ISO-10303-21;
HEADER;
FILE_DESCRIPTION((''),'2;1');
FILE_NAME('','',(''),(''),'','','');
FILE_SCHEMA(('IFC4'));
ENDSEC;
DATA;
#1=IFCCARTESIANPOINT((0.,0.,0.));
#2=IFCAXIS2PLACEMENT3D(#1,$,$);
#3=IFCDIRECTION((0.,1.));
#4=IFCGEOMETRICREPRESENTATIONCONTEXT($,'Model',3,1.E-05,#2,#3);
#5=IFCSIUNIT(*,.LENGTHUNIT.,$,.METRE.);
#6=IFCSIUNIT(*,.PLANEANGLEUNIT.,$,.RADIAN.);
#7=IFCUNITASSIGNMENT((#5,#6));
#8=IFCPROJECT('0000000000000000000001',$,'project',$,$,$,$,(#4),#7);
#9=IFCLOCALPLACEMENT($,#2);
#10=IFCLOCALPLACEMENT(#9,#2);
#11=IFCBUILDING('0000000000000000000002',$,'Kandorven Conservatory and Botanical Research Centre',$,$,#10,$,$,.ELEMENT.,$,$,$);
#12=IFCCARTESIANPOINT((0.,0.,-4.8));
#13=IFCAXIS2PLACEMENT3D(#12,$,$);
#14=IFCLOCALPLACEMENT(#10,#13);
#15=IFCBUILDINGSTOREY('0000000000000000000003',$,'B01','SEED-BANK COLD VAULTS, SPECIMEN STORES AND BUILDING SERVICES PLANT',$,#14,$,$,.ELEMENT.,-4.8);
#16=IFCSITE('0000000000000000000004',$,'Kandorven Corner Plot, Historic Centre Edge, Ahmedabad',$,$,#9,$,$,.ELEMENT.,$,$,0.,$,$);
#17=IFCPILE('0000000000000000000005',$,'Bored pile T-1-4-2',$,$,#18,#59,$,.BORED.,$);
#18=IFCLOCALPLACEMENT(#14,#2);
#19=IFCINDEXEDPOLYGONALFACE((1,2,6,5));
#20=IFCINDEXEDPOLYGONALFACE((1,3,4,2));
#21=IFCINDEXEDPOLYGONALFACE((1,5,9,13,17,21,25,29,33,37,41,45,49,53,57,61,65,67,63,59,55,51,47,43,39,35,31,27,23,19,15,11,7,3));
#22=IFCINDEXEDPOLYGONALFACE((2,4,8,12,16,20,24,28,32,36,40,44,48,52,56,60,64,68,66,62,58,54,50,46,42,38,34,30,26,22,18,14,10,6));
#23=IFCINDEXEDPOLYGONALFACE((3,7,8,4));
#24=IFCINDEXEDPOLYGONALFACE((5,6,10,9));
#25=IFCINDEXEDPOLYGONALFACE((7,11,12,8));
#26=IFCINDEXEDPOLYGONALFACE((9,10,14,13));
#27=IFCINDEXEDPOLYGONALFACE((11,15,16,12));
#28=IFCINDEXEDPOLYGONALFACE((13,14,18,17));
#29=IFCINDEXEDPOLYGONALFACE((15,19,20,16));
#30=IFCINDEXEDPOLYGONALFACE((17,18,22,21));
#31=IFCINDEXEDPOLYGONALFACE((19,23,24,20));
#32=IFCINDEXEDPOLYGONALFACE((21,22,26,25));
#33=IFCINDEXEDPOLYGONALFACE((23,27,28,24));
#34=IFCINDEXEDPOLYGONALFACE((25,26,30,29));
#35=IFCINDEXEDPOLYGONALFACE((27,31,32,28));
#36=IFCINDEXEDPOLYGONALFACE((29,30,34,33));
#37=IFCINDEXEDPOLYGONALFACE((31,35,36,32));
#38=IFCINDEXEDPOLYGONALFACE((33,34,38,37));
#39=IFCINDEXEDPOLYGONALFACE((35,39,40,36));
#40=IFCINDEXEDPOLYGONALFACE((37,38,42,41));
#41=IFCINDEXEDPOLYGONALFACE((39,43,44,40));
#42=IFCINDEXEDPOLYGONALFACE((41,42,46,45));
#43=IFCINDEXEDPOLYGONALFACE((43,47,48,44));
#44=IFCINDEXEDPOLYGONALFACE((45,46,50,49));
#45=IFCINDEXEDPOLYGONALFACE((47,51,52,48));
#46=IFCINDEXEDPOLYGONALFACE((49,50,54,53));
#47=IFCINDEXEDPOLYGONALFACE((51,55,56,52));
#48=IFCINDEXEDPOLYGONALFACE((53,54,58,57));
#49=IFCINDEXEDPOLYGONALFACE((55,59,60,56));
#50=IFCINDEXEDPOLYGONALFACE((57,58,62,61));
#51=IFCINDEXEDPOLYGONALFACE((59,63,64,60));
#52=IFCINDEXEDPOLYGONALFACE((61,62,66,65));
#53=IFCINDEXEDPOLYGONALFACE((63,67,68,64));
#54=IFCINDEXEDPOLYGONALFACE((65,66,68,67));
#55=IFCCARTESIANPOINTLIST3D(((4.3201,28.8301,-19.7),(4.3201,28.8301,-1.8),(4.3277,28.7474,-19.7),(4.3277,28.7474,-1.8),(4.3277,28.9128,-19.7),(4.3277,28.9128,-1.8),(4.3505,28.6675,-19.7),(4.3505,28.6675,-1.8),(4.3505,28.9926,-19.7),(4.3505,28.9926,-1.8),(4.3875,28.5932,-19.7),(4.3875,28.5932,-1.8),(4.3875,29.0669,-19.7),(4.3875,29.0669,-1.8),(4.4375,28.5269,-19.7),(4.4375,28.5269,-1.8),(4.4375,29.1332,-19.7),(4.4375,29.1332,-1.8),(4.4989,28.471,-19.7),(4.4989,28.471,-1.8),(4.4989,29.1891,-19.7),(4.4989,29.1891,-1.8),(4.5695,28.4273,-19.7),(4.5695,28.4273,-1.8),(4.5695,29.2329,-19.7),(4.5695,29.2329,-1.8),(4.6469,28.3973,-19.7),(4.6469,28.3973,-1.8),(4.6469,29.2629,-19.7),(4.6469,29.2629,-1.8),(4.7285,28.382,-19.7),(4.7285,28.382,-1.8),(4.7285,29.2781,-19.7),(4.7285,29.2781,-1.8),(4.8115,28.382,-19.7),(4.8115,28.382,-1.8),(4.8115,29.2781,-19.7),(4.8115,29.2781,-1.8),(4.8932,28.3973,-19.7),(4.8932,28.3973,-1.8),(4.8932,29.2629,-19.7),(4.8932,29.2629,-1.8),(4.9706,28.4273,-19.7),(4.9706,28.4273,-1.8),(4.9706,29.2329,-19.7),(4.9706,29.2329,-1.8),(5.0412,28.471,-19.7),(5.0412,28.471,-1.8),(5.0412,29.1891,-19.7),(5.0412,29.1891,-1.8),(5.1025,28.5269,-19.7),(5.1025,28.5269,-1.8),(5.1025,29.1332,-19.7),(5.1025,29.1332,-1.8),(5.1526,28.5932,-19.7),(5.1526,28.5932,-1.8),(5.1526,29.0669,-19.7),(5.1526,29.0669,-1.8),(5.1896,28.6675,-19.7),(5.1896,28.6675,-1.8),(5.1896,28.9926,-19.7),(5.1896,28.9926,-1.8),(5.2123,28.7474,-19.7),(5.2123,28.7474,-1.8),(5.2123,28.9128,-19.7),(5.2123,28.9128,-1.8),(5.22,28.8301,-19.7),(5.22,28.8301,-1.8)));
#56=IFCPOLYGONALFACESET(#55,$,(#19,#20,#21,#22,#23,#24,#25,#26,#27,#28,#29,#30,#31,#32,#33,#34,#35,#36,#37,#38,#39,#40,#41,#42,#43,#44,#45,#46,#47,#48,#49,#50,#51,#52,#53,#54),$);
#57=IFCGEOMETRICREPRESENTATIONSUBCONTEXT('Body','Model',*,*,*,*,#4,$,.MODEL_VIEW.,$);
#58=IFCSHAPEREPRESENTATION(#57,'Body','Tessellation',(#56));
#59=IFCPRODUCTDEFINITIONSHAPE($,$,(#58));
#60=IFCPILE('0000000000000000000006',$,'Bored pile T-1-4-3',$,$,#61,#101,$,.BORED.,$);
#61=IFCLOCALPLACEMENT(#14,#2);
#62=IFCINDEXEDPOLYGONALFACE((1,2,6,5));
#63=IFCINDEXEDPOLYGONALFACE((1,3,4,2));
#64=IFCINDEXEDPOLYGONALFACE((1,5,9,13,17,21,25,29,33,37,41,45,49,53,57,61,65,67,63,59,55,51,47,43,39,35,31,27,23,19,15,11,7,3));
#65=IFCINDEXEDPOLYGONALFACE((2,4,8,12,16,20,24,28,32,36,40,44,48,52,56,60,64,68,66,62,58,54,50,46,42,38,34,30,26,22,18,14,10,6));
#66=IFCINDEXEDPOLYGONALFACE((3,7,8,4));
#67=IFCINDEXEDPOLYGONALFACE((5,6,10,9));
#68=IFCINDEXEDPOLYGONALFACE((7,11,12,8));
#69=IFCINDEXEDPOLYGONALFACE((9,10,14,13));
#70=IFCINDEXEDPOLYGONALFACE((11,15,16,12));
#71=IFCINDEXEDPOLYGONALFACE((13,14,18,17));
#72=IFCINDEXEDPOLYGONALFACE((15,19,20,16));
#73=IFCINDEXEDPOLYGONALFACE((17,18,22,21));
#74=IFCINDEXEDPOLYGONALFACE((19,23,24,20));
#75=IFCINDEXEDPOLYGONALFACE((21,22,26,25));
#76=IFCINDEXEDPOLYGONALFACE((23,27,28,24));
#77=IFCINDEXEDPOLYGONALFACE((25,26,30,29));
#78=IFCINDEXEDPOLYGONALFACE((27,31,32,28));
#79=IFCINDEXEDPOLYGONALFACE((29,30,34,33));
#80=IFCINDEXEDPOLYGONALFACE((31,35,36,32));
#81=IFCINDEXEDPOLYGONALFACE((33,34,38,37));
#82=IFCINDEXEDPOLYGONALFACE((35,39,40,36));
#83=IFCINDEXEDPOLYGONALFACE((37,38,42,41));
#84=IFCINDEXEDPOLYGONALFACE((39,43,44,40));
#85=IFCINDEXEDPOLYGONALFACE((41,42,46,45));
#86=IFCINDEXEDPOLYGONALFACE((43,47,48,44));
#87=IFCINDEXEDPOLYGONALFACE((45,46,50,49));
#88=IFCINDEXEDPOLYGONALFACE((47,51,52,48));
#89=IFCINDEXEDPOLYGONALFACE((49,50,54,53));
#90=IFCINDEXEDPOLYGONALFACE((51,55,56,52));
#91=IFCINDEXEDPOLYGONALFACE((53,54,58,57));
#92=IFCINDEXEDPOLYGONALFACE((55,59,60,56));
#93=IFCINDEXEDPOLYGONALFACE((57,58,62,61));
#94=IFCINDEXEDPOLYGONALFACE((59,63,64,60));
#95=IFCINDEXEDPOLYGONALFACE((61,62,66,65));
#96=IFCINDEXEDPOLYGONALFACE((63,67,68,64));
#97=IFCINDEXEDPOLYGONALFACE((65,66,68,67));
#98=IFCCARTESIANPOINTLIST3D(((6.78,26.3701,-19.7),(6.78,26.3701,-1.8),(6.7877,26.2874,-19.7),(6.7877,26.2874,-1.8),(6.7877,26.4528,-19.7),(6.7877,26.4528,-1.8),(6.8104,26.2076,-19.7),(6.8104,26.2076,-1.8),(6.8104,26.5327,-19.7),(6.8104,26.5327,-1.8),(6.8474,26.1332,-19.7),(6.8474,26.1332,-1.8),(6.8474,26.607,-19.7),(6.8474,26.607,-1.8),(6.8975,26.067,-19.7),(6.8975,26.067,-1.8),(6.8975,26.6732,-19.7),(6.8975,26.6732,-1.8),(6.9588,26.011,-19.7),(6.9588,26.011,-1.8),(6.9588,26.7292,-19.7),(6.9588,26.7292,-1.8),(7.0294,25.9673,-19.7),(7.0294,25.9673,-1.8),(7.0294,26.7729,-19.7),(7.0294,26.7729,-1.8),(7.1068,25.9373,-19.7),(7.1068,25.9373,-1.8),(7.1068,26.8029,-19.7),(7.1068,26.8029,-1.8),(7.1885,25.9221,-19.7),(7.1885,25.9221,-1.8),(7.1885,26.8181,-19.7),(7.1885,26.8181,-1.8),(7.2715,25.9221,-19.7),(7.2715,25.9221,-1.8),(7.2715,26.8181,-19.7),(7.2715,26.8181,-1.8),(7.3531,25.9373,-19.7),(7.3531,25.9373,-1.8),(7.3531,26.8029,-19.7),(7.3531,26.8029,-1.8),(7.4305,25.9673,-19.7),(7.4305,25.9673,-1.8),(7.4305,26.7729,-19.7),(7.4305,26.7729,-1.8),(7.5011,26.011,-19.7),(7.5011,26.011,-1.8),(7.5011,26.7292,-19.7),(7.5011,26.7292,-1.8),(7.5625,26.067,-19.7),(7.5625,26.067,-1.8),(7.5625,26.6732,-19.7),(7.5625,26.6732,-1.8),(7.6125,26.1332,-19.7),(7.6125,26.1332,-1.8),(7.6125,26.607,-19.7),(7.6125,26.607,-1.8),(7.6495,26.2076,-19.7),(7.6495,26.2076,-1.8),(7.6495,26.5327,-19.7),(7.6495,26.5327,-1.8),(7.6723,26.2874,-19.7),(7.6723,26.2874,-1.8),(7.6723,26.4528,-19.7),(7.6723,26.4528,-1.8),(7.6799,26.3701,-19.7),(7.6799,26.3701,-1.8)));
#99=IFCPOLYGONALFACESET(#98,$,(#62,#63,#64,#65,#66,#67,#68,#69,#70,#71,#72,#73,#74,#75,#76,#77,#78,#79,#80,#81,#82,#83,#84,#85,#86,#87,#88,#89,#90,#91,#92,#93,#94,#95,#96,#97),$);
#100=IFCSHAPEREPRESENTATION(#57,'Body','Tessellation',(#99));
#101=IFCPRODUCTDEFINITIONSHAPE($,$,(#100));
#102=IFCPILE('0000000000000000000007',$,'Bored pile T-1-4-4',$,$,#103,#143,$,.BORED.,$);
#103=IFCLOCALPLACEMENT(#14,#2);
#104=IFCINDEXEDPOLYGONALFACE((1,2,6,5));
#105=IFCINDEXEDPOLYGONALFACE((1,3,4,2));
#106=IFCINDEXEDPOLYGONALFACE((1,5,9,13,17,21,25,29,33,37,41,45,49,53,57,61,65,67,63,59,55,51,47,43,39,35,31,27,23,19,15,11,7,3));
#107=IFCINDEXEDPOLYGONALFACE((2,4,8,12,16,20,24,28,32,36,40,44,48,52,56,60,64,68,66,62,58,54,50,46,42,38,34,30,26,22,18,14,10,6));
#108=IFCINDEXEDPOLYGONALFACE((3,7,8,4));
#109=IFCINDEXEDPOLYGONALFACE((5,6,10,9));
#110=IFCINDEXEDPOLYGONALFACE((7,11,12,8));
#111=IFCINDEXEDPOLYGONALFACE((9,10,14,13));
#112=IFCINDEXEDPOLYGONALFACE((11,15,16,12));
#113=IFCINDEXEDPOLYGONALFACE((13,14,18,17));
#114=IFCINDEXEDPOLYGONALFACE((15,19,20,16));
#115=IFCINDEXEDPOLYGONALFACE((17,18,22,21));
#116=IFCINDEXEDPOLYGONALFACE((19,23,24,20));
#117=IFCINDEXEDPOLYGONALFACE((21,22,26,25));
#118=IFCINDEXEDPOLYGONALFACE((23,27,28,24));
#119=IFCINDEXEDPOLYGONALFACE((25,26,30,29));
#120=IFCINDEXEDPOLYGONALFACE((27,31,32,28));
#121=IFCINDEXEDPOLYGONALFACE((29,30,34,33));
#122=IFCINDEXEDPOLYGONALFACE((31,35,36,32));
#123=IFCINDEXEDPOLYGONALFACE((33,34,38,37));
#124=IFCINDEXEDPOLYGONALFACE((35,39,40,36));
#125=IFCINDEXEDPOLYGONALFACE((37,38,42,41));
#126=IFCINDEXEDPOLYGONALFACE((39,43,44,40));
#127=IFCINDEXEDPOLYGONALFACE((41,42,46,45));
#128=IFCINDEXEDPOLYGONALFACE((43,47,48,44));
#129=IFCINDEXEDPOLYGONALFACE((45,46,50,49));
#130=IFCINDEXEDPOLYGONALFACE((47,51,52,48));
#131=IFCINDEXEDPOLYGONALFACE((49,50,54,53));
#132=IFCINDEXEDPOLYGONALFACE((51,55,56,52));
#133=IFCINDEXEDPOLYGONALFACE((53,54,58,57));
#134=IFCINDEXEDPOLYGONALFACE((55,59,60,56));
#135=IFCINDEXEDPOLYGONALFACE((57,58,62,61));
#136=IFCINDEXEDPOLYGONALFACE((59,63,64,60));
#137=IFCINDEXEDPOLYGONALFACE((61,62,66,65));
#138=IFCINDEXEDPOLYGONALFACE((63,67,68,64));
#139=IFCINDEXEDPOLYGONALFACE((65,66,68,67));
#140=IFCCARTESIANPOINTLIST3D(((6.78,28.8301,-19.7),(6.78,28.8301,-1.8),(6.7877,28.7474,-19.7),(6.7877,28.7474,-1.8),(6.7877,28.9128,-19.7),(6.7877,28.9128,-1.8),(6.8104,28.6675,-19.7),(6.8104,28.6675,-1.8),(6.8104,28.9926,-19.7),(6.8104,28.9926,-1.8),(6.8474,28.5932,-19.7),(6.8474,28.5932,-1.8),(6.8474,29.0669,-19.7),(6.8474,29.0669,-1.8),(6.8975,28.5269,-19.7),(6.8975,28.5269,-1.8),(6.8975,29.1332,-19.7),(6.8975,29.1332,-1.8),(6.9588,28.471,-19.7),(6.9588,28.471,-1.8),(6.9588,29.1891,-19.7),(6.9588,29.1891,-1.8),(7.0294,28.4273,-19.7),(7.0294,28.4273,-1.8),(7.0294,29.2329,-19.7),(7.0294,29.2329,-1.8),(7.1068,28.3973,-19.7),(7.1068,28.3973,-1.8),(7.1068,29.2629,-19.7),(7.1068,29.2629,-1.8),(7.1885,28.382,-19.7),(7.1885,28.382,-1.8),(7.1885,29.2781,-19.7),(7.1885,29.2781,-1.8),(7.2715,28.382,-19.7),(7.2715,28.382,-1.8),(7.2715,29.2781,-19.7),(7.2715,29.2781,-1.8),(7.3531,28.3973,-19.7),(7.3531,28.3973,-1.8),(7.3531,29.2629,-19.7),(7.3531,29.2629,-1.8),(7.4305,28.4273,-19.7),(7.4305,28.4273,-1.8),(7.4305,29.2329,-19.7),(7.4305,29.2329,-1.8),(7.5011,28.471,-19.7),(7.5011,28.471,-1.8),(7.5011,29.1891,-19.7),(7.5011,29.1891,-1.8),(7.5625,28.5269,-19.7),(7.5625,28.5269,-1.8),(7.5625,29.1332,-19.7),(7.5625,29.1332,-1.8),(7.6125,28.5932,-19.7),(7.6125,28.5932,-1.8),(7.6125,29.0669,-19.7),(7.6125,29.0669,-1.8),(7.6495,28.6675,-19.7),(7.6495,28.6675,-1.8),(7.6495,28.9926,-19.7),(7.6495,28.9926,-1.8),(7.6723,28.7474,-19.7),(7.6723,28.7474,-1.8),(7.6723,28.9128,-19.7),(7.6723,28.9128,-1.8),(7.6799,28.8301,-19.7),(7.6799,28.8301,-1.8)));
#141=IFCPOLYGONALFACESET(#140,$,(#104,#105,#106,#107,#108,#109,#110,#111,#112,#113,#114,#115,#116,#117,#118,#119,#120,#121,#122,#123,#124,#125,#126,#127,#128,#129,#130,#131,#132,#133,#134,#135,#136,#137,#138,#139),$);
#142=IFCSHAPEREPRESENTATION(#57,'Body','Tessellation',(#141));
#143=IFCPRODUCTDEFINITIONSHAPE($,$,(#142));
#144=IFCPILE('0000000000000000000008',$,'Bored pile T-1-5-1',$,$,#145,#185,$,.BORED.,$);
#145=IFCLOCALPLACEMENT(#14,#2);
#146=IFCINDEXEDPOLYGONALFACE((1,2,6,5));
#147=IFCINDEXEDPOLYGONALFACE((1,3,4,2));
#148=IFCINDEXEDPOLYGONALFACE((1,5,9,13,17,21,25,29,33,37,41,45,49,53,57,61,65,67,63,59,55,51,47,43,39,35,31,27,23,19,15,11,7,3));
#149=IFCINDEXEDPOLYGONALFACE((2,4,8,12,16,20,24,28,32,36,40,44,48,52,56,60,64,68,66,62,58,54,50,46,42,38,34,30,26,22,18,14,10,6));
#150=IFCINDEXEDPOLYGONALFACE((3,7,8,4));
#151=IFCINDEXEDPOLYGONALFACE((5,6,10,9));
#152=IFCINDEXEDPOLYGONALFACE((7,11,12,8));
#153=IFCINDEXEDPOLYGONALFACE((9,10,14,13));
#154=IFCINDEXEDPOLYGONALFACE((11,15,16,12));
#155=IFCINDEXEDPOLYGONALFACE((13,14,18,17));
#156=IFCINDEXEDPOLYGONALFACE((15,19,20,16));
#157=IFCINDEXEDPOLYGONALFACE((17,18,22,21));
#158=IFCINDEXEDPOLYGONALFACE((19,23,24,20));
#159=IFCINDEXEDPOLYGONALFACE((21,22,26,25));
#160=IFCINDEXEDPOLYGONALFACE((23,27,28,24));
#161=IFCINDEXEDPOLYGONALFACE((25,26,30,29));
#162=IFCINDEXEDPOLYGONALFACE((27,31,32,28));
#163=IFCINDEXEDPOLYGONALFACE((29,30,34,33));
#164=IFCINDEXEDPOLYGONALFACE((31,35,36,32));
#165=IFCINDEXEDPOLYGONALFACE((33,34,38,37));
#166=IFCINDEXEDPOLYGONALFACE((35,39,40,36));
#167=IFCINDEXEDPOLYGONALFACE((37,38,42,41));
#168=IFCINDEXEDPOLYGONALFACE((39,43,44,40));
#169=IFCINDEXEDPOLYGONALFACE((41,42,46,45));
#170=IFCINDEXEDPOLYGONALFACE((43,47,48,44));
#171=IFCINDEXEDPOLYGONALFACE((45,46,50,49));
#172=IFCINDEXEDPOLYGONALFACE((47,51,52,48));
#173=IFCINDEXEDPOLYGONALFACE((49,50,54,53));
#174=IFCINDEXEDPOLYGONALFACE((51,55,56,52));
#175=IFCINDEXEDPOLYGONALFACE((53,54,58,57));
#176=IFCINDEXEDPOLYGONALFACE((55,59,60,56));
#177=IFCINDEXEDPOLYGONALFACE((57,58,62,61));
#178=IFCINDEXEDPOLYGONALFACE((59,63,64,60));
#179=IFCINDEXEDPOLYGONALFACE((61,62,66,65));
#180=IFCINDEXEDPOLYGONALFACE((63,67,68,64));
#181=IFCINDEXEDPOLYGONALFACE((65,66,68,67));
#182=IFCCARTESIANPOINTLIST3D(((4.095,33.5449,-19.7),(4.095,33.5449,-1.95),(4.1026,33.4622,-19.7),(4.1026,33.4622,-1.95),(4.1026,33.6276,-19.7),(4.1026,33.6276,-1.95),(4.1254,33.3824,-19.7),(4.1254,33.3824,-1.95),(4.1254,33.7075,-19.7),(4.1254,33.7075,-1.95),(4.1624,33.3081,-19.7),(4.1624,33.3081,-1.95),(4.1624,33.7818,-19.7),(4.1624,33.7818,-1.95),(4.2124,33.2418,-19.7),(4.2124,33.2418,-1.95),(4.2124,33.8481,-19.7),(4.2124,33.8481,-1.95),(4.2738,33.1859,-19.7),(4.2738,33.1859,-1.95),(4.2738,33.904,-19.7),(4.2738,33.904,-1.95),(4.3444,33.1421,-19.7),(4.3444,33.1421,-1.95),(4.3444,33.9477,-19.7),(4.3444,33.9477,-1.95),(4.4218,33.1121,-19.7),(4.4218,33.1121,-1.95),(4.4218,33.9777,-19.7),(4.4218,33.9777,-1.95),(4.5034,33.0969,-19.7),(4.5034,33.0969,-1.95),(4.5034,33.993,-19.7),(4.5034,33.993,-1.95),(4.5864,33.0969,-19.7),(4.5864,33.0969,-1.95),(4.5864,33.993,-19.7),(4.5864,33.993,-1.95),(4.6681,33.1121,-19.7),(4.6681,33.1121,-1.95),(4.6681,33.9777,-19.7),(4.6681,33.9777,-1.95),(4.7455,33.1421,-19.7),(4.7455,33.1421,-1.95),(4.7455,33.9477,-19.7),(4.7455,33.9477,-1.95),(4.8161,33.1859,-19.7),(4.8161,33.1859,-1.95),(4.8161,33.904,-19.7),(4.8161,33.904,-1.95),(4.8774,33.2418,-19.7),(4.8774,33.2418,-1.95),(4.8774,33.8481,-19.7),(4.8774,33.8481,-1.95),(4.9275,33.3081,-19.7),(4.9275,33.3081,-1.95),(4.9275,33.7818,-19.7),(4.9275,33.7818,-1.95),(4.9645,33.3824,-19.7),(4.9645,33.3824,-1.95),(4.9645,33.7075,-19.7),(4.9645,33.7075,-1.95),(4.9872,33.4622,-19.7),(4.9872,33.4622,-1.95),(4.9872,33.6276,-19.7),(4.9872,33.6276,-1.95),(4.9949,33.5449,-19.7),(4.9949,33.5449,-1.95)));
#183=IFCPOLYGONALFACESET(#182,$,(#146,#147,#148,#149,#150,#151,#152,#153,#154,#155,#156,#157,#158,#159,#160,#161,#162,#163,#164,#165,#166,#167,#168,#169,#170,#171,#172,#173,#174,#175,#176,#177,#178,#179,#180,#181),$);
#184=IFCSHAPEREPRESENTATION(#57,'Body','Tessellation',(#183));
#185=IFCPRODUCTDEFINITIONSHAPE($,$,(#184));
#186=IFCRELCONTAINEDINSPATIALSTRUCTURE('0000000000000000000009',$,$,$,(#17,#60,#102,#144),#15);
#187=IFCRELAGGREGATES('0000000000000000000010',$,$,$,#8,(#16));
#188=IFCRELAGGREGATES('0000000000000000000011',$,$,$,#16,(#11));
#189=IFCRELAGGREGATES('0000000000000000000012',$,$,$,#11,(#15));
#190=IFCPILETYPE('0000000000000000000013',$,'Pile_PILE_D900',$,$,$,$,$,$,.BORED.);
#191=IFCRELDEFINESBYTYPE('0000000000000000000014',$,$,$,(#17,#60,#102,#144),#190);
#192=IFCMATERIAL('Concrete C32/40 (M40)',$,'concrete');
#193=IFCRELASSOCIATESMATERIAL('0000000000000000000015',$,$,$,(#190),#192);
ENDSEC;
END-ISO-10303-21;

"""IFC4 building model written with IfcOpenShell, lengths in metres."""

from ifc_helpers import new_model, si_unit, direction, frame, origin, origin_2d, place, context, subcontext, project, spatial, circle, extrude, material, material_profile, profile_set, type_object, element, save


model = new_model("IFC4")

# Units and contexts
model_context = context("Model", 3, precision=1e-05, world=origin(), true_north=direction((0.0, 1.0)))
body_context = subcontext(model_context, "Body", "Model", "MODEL_VIEW")
ifc_project = project(units=[si_unit("LENGTHUNIT", "METRE"), si_unit("PLANEANGLEUNIT", "RADIAN")], contexts=[model_context])

# Site, building, storey
site_placement = place(None, origin())
site = spatial("IfcSite", under=ifc_project, at=site_placement, Name="Kandorven Corner Plot, Historic Centre Edge, Ahmedabad", CompositionType="ELEMENT", RefElevation=0.0)
building_placement = place(site_placement, origin())
building = spatial("IfcBuilding", under=site, at=building_placement, Name="Kandorven Conservatory and Botanical Research Centre", CompositionType="ELEMENT")
storey_placement = place(building_placement, frame((0.0, 0.0, -4.8)))
storey = spatial("IfcBuildingStorey", under=building, at=storey_placement, Name="B01", Description="SEED-BANK COLD VAULTS, SPECIMEN STORES AND BUILDING SERVICES PLANT", CompositionType="ELEMENT", Elevation=-4.8)

# Piles
ifc_material_1 = material(Name="Concrete C32/40 (M40)", Category="concrete")
ifc_material_profile_1 = material_profile(ifc_material_1, circle(Radius=0.45, at=origin_2d()))
ifc_profile_set_1 = profile_set([ifc_material_profile_1], Name="Concrete C32/40 (M40)")
pile_type = type_object("IfcPileType", Name="Pile_PILE_D900", PredefinedType="BORED", material=ifc_profile_set_1)
for number, where, z_axis, x_axis, name in (
    (1, (4.77, 28.8301, -1.8), (0.0, 0.0, -1.0), (1.0, 0.0, 0.0), "Bored pile T-1-4-2"),
    (2, (7.23, 26.3701, -1.8), (0.0, 0.0, -1.0), (1.0, 0.0, 0.0), "Bored pile T-1-4-3"),
    (3, (7.23, 28.8301, -1.8), (0.0, 0.0, -1.0), (1.0, 0.0, 0.0), "Bored pile T-1-4-4"),
):
    element("IfcPile", number, at=place(storey_placement, frame(where, z_axis=z_axis, x_axis=x_axis)), inside=storey, type_object=pile_type, Name=name, PredefinedType="BORED", context=body_context, shape_type="SweptSolid", body=[
        extrude(circle(Radius=0.45, at=origin_2d()), origin(), (0.0, 0.0, 1.0), 17.8999),
    ])
for number, where, z_axis, x_axis, name in (
    (4, (4.5449, 33.5449, -1.95), (0.0, 0.0, -1.0), (1.0, 0.0, 0.0), "Bored pile T-1-5-1"),
):
    element("IfcPile", number, at=place(storey_placement, frame(where, z_axis=z_axis, x_axis=x_axis)), inside=storey, type_object=pile_type, Name=name, PredefinedType="BORED", context=body_context, shape_type="SweptSolid", body=[
        extrude(circle(Radius=0.45, at=origin_2d()), origin(), (0.0, 0.0, 1.0), 17.75),
    ])

save(model, "model.ifc")
